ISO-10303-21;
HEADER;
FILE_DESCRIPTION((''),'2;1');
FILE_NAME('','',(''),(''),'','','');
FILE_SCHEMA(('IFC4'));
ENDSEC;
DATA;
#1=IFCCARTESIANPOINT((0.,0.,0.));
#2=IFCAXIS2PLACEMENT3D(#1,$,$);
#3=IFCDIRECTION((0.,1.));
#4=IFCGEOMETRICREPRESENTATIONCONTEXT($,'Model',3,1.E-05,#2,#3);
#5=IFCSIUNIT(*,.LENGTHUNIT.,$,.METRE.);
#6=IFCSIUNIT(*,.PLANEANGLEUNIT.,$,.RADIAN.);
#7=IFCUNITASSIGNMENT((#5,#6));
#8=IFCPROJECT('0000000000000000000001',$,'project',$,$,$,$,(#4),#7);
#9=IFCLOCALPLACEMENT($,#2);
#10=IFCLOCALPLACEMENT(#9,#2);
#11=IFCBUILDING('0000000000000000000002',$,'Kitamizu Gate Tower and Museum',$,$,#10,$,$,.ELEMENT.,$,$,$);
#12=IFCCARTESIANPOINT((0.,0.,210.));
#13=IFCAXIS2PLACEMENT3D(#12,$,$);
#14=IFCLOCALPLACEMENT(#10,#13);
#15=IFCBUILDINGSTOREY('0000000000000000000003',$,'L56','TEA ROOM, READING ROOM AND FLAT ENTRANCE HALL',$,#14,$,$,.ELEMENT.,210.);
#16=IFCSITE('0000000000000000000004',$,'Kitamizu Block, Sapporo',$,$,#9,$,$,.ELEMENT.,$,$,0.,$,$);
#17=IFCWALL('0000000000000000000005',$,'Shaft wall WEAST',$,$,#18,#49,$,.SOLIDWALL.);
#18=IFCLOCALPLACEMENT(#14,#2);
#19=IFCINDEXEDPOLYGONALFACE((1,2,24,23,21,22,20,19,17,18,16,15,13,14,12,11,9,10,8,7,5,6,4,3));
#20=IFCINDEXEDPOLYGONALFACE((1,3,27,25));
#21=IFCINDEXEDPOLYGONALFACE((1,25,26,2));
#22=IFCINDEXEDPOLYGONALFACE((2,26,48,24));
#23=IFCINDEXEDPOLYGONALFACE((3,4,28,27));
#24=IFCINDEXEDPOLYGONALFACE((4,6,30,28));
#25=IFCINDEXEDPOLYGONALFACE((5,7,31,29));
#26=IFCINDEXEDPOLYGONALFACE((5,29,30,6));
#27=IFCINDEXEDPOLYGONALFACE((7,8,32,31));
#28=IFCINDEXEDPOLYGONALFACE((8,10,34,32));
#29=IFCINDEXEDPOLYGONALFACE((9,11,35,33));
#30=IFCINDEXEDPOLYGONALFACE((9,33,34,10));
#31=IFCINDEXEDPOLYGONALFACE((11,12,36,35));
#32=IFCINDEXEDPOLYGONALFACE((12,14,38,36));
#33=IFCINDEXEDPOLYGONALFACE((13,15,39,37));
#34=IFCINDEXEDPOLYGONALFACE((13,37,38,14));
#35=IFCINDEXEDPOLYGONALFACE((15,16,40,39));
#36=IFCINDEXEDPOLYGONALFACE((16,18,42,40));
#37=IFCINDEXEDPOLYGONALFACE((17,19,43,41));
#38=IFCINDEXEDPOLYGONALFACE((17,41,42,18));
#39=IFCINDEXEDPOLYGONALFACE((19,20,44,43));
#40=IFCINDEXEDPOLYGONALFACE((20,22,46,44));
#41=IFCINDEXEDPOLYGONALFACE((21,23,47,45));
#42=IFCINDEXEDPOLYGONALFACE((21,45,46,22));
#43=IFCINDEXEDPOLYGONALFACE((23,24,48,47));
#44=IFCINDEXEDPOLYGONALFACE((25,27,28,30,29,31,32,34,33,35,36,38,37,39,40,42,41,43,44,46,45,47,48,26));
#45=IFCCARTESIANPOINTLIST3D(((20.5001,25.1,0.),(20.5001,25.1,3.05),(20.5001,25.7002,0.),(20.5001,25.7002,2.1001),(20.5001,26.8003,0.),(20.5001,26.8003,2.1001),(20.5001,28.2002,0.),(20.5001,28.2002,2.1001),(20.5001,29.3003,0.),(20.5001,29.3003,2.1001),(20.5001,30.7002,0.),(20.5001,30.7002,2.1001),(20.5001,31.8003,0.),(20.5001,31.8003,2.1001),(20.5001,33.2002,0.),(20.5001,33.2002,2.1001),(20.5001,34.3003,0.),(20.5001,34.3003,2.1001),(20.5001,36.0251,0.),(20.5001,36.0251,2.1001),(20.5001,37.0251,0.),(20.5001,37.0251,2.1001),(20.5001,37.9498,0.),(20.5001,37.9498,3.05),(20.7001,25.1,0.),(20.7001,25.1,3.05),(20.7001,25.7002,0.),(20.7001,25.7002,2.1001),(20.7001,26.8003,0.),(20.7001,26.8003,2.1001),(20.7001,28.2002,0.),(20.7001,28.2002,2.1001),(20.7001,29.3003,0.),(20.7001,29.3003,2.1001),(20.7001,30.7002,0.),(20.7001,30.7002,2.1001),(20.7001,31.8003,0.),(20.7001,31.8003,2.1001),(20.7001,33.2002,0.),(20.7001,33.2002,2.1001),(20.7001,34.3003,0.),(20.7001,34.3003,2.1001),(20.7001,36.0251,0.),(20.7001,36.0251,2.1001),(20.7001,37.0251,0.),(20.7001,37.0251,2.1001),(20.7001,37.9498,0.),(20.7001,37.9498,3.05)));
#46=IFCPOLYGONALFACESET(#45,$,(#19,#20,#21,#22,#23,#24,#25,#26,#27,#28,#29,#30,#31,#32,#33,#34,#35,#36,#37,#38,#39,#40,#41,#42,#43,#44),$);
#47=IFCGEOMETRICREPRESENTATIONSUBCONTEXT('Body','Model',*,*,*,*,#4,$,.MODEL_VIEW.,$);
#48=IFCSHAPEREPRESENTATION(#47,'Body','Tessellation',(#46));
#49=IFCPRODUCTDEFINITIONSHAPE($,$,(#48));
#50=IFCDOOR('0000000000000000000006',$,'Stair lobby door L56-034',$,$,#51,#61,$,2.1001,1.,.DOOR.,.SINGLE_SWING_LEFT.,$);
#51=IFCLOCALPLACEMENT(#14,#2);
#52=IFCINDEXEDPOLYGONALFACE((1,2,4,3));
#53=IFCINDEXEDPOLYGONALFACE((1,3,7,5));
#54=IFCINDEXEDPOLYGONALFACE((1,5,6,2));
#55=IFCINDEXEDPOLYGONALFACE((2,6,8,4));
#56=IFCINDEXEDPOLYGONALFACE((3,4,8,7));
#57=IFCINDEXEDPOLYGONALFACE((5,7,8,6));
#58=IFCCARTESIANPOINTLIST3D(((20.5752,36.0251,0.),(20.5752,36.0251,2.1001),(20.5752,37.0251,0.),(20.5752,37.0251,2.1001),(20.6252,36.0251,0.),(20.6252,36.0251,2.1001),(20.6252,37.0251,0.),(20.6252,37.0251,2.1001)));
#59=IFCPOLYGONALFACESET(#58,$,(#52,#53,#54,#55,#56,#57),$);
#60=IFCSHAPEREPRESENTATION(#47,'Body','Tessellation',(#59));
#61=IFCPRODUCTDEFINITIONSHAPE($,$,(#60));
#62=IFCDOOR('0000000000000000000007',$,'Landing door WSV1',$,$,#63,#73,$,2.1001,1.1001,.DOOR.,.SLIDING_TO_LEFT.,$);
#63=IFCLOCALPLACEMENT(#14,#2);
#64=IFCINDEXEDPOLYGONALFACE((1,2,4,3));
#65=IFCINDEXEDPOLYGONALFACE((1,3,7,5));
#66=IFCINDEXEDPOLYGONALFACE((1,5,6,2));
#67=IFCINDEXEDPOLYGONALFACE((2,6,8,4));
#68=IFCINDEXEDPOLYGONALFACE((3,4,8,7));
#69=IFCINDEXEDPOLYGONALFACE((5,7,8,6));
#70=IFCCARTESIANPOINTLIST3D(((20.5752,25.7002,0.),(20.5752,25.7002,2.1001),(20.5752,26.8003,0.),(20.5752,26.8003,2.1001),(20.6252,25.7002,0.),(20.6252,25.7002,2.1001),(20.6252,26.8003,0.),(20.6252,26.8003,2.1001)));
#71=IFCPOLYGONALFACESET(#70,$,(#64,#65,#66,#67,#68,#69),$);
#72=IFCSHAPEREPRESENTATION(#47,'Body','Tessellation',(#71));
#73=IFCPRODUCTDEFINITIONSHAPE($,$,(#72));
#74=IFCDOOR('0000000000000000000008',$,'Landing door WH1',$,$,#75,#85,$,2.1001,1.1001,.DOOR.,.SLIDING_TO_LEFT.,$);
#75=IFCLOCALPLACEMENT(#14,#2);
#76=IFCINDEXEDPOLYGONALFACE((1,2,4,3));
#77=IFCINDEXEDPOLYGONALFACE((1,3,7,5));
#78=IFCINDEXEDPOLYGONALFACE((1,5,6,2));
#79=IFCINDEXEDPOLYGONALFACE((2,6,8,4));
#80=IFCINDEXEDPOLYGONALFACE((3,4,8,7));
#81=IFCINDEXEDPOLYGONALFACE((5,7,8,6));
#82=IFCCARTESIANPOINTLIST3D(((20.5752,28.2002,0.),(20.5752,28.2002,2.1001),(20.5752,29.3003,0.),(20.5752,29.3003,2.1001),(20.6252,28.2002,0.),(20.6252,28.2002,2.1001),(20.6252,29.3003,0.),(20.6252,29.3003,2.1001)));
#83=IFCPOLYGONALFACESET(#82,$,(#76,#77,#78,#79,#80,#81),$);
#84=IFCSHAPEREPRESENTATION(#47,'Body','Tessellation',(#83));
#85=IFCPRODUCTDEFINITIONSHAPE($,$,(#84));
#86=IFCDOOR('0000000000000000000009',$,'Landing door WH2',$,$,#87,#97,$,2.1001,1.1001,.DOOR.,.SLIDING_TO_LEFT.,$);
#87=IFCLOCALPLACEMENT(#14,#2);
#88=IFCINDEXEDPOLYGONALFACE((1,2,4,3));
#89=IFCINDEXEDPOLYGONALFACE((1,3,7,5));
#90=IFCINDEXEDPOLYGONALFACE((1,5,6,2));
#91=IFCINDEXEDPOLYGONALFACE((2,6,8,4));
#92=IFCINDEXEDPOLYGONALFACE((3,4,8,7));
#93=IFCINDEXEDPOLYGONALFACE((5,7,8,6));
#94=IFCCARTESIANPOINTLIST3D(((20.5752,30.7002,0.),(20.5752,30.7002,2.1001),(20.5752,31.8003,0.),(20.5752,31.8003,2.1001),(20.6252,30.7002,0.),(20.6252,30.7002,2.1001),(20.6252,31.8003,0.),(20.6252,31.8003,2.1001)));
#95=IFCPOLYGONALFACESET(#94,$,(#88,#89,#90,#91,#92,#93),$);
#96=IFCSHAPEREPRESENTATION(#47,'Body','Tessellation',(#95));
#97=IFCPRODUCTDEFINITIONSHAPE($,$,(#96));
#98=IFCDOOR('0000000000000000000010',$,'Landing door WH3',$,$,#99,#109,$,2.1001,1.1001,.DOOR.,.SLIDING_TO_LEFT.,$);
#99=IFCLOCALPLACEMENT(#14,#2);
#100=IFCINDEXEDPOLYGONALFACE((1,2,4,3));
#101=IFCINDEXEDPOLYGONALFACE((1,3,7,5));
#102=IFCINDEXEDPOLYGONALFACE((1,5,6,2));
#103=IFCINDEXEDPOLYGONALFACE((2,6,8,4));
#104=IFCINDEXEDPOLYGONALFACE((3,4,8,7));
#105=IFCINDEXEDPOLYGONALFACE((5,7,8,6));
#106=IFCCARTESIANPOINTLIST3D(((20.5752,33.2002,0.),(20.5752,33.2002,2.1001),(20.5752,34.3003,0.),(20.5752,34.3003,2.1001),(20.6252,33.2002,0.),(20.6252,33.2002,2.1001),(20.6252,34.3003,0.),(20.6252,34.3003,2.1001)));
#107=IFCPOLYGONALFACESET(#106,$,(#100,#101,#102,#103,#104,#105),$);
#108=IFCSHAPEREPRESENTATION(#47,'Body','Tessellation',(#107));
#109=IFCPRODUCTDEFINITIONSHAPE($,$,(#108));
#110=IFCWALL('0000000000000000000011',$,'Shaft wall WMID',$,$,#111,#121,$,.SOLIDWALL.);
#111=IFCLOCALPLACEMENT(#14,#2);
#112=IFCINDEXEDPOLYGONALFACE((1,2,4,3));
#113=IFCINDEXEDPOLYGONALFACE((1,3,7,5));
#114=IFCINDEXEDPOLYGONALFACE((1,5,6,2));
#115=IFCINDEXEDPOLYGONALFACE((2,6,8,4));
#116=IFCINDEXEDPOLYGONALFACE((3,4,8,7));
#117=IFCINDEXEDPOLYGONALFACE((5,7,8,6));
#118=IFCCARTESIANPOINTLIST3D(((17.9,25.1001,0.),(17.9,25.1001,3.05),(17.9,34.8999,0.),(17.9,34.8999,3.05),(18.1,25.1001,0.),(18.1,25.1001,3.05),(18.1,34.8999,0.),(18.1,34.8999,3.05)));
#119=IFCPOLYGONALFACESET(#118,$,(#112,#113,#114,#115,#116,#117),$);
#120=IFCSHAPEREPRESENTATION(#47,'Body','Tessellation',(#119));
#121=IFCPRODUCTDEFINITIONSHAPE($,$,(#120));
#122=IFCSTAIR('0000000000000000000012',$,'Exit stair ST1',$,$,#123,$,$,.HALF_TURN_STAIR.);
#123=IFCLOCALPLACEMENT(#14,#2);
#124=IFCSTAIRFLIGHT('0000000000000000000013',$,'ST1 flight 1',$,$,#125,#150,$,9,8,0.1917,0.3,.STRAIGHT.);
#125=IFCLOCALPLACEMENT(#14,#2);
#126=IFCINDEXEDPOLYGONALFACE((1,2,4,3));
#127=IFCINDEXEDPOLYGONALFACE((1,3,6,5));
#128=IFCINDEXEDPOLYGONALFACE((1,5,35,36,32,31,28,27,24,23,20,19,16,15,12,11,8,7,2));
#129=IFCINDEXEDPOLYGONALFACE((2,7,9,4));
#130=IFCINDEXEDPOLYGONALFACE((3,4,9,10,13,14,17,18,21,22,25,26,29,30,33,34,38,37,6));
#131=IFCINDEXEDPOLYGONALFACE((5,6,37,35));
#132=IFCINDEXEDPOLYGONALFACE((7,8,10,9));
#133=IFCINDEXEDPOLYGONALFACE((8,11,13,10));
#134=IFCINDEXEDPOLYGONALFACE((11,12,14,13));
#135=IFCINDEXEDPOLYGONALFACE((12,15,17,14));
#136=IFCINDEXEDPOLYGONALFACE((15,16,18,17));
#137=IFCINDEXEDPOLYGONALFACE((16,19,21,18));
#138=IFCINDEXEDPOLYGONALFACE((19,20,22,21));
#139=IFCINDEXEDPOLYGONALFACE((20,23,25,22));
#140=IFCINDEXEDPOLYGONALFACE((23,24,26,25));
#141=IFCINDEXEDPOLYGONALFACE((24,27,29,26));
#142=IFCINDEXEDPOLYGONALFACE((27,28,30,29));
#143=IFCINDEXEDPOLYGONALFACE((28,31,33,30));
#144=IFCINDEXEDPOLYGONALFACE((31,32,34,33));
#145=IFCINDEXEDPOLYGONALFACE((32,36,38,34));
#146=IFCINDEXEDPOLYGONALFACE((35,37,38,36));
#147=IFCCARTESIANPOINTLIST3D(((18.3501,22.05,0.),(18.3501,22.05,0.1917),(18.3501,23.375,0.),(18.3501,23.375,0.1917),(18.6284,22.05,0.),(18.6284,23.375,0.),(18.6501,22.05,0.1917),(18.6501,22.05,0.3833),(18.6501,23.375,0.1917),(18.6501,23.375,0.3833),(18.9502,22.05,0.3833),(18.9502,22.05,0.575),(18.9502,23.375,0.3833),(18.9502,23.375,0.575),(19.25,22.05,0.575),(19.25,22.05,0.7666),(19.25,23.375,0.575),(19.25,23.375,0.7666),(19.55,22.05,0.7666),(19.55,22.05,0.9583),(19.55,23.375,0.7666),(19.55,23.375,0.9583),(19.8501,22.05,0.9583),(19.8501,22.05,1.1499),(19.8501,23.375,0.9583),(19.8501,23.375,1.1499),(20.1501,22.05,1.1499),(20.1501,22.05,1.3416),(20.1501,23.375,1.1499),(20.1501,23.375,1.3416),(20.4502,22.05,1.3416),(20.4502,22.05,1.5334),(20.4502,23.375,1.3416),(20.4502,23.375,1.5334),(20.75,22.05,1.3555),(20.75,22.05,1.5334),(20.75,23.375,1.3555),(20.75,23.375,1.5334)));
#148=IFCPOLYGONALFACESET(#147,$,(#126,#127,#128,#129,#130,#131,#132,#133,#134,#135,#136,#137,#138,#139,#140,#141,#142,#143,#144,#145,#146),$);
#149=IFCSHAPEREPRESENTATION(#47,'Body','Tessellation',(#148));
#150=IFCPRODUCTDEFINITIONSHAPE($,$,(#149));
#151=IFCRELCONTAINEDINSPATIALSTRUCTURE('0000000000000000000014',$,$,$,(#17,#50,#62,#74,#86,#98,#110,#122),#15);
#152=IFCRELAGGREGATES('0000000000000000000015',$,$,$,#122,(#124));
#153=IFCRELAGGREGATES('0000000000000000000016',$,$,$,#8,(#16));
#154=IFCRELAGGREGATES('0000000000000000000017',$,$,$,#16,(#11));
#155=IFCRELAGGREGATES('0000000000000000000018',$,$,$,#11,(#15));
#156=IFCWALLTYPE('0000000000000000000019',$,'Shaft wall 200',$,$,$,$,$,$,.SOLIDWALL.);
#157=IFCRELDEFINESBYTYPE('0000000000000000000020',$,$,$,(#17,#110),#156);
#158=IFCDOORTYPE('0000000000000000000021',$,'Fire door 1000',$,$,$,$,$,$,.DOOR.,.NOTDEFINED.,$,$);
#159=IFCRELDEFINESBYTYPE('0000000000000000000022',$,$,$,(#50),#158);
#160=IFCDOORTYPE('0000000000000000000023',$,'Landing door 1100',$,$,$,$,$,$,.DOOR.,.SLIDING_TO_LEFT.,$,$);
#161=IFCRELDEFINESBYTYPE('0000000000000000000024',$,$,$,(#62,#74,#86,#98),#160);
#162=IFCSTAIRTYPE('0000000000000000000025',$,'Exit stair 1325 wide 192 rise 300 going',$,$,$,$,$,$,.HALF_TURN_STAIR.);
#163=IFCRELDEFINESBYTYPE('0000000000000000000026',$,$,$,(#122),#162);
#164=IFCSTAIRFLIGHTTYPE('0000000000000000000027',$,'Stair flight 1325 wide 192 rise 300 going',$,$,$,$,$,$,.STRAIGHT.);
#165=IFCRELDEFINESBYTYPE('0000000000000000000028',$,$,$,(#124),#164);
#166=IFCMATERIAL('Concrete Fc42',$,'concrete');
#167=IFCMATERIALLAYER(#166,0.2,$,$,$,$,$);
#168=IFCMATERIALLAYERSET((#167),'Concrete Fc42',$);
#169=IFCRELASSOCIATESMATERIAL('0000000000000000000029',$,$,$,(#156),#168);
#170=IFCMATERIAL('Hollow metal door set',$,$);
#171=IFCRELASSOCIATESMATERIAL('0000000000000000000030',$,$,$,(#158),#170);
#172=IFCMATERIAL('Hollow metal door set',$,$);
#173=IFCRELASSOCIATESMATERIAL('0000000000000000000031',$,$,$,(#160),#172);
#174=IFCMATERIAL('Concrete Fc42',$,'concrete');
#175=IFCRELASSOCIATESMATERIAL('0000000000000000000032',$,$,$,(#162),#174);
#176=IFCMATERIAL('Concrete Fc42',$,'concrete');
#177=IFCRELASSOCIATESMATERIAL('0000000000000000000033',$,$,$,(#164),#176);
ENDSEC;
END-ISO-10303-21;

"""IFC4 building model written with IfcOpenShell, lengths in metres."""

from ifc_helpers import new_model, si_unit, direction, frame, frame_2d, origin, place, context, subcontext, project, spatial, polyline, rectangle, outline, extrude, material, layer, layer_set, type_object, element, fill, aggregate, save


model = new_model("IFC4")

# Units and contexts
model_context = context("Model", 3, precision=1e-05, world=origin(), true_north=direction((0.0, 1.0)))
body_context = subcontext(model_context, "Body", "Model", "MODEL_VIEW")
ifc_project = project(units=[si_unit("LENGTHUNIT", "METRE"), si_unit("PLANEANGLEUNIT", "RADIAN")], contexts=[model_context])

# Site, building, storey
site_placement = place(None, origin())
site = spatial("IfcSite", under=ifc_project, at=site_placement, Name="Kitamizu Block, Sapporo", CompositionType="ELEMENT", RefElevation=0.0)
building_placement = place(site_placement, origin())
building = spatial("IfcBuilding", under=site, at=building_placement, Name="Kitamizu Gate Tower and Museum", CompositionType="ELEMENT")
storey_placement = place(building_placement, frame((0.0, 0.0, 210.0)))
storey = spatial("IfcBuildingStorey", under=building, at=storey_placement, Name="L56", Description="TEA ROOM, READING ROOM AND FLAT ENTRANCE HALL", CompositionType="ELEMENT", Elevation=210.0)

# Wall, openings, doors
ifc_material_1 = material(Name="Concrete Fc42", Category="concrete")
ifc_layer_1 = layer(ifc_material_1, 0.2)
ifc_layer_set_1 = layer_set([ifc_layer_1], Name="Concrete Fc42")
wall_type_1 = type_object("IfcWallType", Name="Shaft wall 200", PredefinedType="SOLIDWALL", material=ifc_layer_set_1)
wall_1_placement = place(storey_placement, frame((20.6001, 25.1001, 0.0), z_axis=(0.0, 0.0, 1.0), x_axis=(0.0, 1.0, 0.0)))
wall_1 = element("IfcWall", 1, at=wall_1_placement, inside=storey, type_object=wall_type_1, Name="Shaft wall WEAST", PredefinedType="SOLIDWALL", context=body_context, shape_type="SweptSolid", body=[
    extrude(rectangle(XDim=12.8499, YDim=0.2, at=frame_2d((6.4248, 0.0))), origin(), (0.0, 0.0, 1.0), 3.05),
])
opening_1_placement = place(wall_1_placement, frame((0.6001, 0.0, 0.0)))
opening_1 = element("IfcOpeningElement", 2, at=opening_1_placement, cuts=wall_1, PredefinedType="OPENING", context=body_context, shape_type="SweptSolid", body=[
    extrude(rectangle(XDim=1.1001, YDim=2.1001, at=frame_2d((0.55, 1.05))), frame((0.0, 0.1099, 0.0), z_axis=(0.0, -1.0, 0.0), x_axis=(1.0, 0.0, 0.0)), (0.0, 0.0, 1.0), 0.22),
])
opening_2_placement = place(wall_1_placement, frame((3.1001, 0.0, 0.0)))
opening_2 = element("IfcOpeningElement", 3, at=opening_2_placement, cuts=wall_1, PredefinedType="OPENING", context=body_context, shape_type="SweptSolid", body=[
    extrude(rectangle(XDim=1.1001, YDim=2.1001, at=frame_2d((0.55, 1.05))), frame((0.0, 0.1099, 0.0), z_axis=(0.0, -1.0, 0.0), x_axis=(1.0, 0.0, 0.0)), (0.0, 0.0, 1.0), 0.22),
])
opening_3_placement = place(wall_1_placement, frame((5.6001, 0.0, 0.0)))
opening_3 = element("IfcOpeningElement", 4, at=opening_3_placement, cuts=wall_1, PredefinedType="OPENING", context=body_context, shape_type="SweptSolid", body=[
    extrude(rectangle(XDim=1.1001, YDim=2.1001, at=frame_2d((0.55, 1.05))), frame((0.0, 0.1099, 0.0), z_axis=(0.0, -1.0, 0.0), x_axis=(1.0, 0.0, 0.0)), (0.0, 0.0, 1.0), 0.22),
])
opening_4_placement = place(wall_1_placement, frame((8.1001, 0.0, 0.0)))
opening_4 = element("IfcOpeningElement", 5, at=opening_4_placement, cuts=wall_1, PredefinedType="OPENING", context=body_context, shape_type="SweptSolid", body=[
    extrude(rectangle(XDim=1.1001, YDim=2.1001, at=frame_2d((0.55, 1.05))), frame((0.0, 0.1099, 0.0), z_axis=(0.0, -1.0, 0.0), x_axis=(1.0, 0.0, 0.0)), (0.0, 0.0, 1.0), 0.22),
])
opening_5_placement = place(wall_1_placement, frame((10.925, 0.0, 0.0)))
opening_5 = element("IfcOpeningElement", 6, at=opening_5_placement, cuts=wall_1, PredefinedType="OPENING", context=body_context, shape_type="SweptSolid", body=[
    extrude(rectangle(XDim=1.0, YDim=2.1001, at=frame_2d((0.5, 1.05))), frame((0.0, 0.1099, 0.0), z_axis=(0.0, -1.0, 0.0), x_axis=(1.0, 0.0, 0.0)), (0.0, 0.0, 1.0), 0.22),
])
ifc_material_2 = material(Name="Hollow metal door set")
door_type_1 = type_object("IfcDoorType", Name="Fire door 1000", OperationType="NOTDEFINED", PredefinedType="DOOR", material=ifc_material_2)
door_1_placement = place(opening_5_placement, origin())
door_1 = element("IfcDoor", 7, at=door_1_placement, inside=storey, type_object=door_type_1, Name="Stair lobby door L56-034", OperationType="SINGLE_SWING_LEFT", OverallHeight=2.1001, OverallWidth=1.0, PredefinedType="DOOR", context=body_context, shape_type="SweptSolid", body=[
    extrude(rectangle(XDim=1.0, YDim=2.1001, at=frame_2d((0.5, 1.05))), frame((0.0, 0.0249, 0.0), z_axis=(0.0, -1.0, 0.0), x_axis=(1.0, 0.0, 0.0)), (0.0, 0.0, 1.0), 0.05),
])
fill(opening_5, door_1)
ifc_material_3 = material(Name="Hollow metal door set")
door_type_2 = type_object("IfcDoorType", Name="Landing door 1100", OperationType="SLIDING_TO_LEFT", PredefinedType="DOOR", material=ifc_material_3)
door_2_placement = place(opening_1_placement, origin())
door_2 = element("IfcDoor", 8, at=door_2_placement, inside=storey, type_object=door_type_2, Name="Landing door WSV1", OperationType="SLIDING_TO_LEFT", OverallHeight=2.1001, OverallWidth=1.1001, PredefinedType="DOOR", context=body_context, shape_type="SweptSolid", body=[
    extrude(rectangle(XDim=1.1001, YDim=2.1001, at=frame_2d((0.55, 1.05))), frame((0.0, 0.0249, 0.0), z_axis=(0.0, -1.0, 0.0), x_axis=(1.0, 0.0, 0.0)), (0.0, 0.0, 1.0), 0.05),
])
fill(opening_1, door_2)
door_3_placement = place(opening_2_placement, origin())
door_3 = element("IfcDoor", 9, at=door_3_placement, inside=storey, type_object=door_type_2, Name="Landing door WH1", OperationType="SLIDING_TO_LEFT", OverallHeight=2.1001, OverallWidth=1.1001, PredefinedType="DOOR", context=body_context, shape_type="SweptSolid", body=[
    extrude(rectangle(XDim=1.1001, YDim=2.1001, at=frame_2d((0.55, 1.05))), frame((0.0, 0.0249, 0.0), z_axis=(0.0, -1.0, 0.0), x_axis=(1.0, 0.0, 0.0)), (0.0, 0.0, 1.0), 0.05),
])
fill(opening_2, door_3)
door_4_placement = place(opening_3_placement, origin())
door_4 = element("IfcDoor", 10, at=door_4_placement, inside=storey, type_object=door_type_2, Name="Landing door WH2", OperationType="SLIDING_TO_LEFT", OverallHeight=2.1001, OverallWidth=1.1001, PredefinedType="DOOR", context=body_context, shape_type="SweptSolid", body=[
    extrude(rectangle(XDim=1.1001, YDim=2.1001, at=frame_2d((0.55, 1.05))), frame((0.0, 0.0249, 0.0), z_axis=(0.0, -1.0, 0.0), x_axis=(1.0, 0.0, 0.0)), (0.0, 0.0, 1.0), 0.05),
])
fill(opening_3, door_4)
door_5_placement = place(opening_4_placement, origin())
door_5 = element("IfcDoor", 11, at=door_5_placement, inside=storey, type_object=door_type_2, Name="Landing door WH3", OperationType="SLIDING_TO_LEFT", OverallHeight=2.1001, OverallWidth=1.1001, PredefinedType="DOOR", context=body_context, shape_type="SweptSolid", body=[
    extrude(rectangle(XDim=1.1001, YDim=2.1001, at=frame_2d((0.55, 1.05))), frame((0.0, 0.0249, 0.0), z_axis=(0.0, -1.0, 0.0), x_axis=(1.0, 0.0, 0.0)), (0.0, 0.0, 1.0), 0.05),
])
fill(opening_4, door_5)

# Wall
wall_2_placement = place(storey_placement, frame((18.0, 25.1001, 0.0), z_axis=(0.0, 0.0, 1.0), x_axis=(0.0, 1.0, 0.0)))
element("IfcWall", 12, at=wall_2_placement, inside=storey, type_object=wall_type_1, Name="Shaft wall WMID", PredefinedType="SOLIDWALL", context=body_context, shape_type="SweptSolid", body=[
    extrude(rectangle(XDim=9.7998, YDim=0.2, at=frame_2d((4.8999, 0.0))), origin(), (0.0, 0.0, 1.0), 3.05),
])

# Stair, stair flight
ifc_material_4 = material(Name="Concrete Fc42", Category="concrete")
stair_type = type_object("IfcStairType", Name="Exit stair 1325 wide 192 rise 300 going", PredefinedType="HALF_TURN_STAIR", material=ifc_material_4)
stair_placement = place(storey_placement, origin())
stair = element("IfcStair", 13, at=stair_placement, inside=storey, type_object=stair_type, Name="Exit stair ST1", PredefinedType="HALF_TURN_STAIR")
ifc_material_5 = material(Name="Concrete Fc42", Category="concrete")
stair_flight_type = type_object("IfcStairFlightType", Name="Stair flight 1325 wide 192 rise 300 going", PredefinedType="STRAIGHT", material=ifc_material_5)
stair_flight_1_placement = place(storey_placement, frame((18.3501, 22.7124, 0.0), z_axis=(0.0, 0.0, 1.0), x_axis=(1.0, 0.0, 0.0)))
stair_flight_1 = element("IfcStairFlight", 14, at=stair_flight_1_placement, type_object=stair_flight_type, Name="ST1 flight 1", NumberOfRisers=9, NumberOfTreads=8, PredefinedType="STRAIGHT", RiserHeight=0.1917, TreadLength=0.3, context=body_context, shape_type="SweptSolid", body=[
    extrude(outline(polyline([(0.0, 0.0), (0.0, 0.1917), (0.3, 0.1917), (0.3, 0.3833), (0.6001, 0.3833), (0.6001, 0.575), (0.8999, 0.575), (0.8999, 0.7666), (1.2, 0.7666), (1.2, 0.9583), (1.5, 0.9583), (1.5, 1.1499), (1.8, 1.1499), (1.8, 1.3416), (2.1001, 1.3416), (2.1001, 1.5334), (2.3999, 1.5334), (2.3999, 1.7251), (2.3999, 1.3555), (0.2783, 0.0), (0.0, 0.0)])), frame((0.0, 0.6626, 0.0), z_axis=(0.0, -1.0, 0.0), x_axis=(1.0, 0.0, 0.0)), (0.0, 0.0, 1.0), 1.325),
])
aggregate(stair, [stair_flight_1])

save(model, "model.ifc")
